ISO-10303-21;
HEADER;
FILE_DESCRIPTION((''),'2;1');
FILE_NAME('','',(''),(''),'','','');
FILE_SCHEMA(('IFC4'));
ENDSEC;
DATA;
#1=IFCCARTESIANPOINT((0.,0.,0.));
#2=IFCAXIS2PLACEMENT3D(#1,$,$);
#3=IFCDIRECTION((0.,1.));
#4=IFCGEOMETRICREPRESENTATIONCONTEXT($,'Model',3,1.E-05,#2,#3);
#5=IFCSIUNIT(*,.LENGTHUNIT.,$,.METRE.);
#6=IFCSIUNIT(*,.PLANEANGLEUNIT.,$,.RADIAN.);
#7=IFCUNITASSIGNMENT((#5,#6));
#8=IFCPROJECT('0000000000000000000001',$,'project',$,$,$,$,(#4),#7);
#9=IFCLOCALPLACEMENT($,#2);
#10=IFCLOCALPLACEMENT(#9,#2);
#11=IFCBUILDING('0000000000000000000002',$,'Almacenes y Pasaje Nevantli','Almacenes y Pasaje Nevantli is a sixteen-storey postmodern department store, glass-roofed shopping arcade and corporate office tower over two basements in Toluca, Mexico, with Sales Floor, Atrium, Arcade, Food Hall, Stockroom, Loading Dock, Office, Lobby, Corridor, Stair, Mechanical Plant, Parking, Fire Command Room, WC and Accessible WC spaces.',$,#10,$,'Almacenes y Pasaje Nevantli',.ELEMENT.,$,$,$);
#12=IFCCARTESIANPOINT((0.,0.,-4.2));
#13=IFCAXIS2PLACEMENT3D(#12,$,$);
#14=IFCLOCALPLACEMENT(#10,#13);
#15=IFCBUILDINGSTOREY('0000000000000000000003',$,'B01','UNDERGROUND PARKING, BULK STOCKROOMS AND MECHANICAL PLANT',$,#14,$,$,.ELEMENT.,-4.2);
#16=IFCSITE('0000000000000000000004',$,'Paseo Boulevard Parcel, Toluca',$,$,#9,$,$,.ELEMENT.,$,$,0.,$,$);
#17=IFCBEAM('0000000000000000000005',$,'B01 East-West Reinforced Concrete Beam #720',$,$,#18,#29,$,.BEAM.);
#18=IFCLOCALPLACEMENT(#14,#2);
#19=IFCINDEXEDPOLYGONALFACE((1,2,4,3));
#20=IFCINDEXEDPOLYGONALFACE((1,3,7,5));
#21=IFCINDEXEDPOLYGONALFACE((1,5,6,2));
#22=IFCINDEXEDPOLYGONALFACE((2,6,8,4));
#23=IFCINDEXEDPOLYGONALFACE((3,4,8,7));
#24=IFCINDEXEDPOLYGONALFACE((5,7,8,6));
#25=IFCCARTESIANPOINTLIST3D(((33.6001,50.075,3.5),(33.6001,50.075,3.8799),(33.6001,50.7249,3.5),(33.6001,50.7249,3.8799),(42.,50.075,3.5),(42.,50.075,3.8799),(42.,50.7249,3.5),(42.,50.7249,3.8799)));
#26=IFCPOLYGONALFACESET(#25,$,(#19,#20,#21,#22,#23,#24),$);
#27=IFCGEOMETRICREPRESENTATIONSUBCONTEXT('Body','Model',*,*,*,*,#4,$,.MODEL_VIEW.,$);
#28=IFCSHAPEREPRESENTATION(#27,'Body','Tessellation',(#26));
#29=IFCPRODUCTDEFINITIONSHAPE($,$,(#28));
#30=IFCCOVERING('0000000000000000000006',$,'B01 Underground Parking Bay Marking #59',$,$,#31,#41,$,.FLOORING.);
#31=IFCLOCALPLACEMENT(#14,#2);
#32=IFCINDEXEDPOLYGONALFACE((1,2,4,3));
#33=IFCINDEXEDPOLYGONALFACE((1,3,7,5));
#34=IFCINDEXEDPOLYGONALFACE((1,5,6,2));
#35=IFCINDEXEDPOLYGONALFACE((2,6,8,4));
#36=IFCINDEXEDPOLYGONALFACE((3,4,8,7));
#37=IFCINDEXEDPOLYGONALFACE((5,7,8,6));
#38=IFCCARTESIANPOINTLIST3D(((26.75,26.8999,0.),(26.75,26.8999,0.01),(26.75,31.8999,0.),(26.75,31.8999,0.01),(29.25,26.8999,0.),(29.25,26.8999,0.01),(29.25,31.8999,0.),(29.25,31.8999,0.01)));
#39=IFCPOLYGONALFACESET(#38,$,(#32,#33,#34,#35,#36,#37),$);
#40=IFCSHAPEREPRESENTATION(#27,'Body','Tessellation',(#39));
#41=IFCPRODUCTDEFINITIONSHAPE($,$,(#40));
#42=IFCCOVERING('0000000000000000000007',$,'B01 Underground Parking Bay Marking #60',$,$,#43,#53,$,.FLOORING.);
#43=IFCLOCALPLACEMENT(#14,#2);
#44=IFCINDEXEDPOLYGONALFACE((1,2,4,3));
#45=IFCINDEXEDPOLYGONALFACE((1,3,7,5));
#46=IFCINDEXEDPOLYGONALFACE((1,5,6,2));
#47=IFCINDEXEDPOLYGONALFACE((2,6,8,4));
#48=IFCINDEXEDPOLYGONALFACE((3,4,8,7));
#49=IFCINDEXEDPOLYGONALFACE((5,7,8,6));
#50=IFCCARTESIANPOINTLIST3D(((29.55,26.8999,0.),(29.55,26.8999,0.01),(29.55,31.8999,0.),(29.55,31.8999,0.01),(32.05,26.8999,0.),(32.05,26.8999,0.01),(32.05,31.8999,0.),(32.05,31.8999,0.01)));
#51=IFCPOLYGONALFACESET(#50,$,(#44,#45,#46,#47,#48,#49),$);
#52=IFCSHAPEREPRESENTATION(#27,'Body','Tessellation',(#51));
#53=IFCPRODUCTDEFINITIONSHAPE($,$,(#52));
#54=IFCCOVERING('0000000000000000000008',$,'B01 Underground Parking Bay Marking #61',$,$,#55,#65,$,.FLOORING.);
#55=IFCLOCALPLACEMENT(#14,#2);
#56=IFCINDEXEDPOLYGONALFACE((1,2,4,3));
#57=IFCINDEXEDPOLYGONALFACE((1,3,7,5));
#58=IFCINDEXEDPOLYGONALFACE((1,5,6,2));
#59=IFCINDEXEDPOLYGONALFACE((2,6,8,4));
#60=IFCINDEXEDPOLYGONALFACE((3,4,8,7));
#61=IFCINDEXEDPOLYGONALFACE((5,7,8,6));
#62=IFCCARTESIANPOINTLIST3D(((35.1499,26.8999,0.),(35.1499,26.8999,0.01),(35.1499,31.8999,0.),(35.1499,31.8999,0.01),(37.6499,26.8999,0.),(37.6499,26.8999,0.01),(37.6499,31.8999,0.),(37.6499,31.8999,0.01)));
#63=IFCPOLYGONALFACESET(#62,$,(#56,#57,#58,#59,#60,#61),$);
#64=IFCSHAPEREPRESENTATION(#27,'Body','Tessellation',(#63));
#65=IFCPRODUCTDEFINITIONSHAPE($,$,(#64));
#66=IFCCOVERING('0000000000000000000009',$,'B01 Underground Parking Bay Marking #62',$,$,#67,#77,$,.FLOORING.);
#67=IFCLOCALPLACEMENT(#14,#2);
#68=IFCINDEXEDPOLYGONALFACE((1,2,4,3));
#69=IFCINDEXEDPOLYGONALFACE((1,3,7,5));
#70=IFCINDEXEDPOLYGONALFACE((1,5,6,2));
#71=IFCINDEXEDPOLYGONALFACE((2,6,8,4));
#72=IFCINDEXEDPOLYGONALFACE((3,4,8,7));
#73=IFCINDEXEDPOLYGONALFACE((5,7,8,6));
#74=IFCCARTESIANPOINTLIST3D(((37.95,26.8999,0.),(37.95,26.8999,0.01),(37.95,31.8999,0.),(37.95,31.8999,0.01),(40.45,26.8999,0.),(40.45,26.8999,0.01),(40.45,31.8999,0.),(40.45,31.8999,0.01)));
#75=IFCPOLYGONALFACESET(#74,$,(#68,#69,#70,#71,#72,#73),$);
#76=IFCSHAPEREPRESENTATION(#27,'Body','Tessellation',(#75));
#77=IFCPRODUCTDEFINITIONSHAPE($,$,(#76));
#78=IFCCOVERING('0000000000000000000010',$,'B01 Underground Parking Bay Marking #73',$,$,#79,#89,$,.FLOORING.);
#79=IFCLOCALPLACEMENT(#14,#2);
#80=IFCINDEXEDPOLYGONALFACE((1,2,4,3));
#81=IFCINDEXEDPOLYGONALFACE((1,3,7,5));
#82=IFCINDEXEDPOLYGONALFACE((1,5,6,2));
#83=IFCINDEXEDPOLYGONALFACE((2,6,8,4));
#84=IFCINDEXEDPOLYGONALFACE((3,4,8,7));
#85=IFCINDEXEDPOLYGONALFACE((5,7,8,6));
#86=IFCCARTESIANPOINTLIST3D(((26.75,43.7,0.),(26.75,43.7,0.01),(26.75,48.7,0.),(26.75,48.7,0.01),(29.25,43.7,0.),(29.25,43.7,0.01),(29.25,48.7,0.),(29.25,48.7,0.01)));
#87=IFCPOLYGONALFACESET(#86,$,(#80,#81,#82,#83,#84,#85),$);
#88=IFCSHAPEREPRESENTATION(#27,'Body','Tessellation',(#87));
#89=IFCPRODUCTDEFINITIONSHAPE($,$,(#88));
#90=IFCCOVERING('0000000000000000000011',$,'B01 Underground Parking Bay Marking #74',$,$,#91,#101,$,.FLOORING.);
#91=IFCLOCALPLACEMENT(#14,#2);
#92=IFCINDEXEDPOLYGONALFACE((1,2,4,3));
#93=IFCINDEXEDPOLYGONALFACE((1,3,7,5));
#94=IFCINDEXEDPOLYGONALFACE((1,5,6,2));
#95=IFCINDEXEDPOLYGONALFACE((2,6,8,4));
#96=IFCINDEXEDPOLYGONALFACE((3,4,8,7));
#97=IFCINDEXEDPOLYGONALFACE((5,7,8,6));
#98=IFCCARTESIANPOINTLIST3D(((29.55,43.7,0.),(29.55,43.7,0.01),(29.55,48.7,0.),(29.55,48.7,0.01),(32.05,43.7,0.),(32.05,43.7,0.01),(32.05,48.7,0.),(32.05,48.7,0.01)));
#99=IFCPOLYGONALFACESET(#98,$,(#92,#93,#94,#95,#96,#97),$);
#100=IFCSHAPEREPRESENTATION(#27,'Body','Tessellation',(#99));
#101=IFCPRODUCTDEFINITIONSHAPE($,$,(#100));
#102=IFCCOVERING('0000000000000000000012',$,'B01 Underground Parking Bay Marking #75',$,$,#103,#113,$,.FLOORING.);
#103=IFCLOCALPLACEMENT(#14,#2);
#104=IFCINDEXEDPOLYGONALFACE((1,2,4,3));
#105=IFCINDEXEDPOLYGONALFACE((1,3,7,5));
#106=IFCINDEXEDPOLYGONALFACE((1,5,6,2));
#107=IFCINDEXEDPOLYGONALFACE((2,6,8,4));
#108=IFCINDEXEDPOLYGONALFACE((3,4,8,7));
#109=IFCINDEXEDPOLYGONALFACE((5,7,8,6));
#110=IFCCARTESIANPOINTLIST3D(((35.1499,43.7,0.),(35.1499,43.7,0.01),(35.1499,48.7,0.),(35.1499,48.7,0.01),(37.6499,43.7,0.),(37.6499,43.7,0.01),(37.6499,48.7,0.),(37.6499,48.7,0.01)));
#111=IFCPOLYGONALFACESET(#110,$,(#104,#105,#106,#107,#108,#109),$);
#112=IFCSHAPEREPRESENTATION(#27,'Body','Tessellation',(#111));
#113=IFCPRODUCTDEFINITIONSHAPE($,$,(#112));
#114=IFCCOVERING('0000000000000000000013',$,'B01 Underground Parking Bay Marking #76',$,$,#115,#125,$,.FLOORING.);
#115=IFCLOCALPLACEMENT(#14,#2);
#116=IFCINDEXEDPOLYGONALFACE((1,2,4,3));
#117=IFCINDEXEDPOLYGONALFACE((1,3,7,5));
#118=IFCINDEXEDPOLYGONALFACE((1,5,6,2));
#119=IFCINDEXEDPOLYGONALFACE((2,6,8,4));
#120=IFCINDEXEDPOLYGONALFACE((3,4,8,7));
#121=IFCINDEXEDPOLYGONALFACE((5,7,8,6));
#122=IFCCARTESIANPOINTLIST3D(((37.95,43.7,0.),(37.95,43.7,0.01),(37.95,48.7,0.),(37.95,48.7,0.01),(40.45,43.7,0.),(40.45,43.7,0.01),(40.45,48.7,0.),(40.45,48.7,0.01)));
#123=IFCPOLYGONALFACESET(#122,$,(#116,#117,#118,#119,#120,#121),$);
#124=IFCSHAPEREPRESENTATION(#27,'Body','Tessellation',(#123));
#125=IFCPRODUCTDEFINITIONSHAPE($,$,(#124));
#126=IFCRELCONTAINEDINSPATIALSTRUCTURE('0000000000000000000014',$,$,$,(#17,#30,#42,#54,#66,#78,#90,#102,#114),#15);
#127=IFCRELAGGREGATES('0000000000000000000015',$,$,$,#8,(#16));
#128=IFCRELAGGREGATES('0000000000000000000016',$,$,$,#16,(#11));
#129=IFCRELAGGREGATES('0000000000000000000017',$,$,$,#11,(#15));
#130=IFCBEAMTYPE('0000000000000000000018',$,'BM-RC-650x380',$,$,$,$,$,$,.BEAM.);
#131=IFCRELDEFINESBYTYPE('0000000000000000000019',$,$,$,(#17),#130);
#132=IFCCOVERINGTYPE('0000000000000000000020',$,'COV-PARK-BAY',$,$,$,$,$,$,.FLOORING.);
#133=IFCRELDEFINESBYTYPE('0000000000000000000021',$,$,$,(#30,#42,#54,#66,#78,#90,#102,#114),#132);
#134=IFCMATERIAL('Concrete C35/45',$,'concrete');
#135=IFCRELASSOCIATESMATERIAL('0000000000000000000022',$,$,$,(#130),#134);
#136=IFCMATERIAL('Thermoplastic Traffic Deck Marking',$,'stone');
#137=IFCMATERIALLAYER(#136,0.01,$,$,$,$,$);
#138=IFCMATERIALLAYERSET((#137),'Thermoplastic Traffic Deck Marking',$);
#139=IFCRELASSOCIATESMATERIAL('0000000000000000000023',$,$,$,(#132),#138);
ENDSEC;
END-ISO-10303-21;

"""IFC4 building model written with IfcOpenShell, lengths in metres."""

from ifc_helpers import new_model, si_unit, direction, frame, origin, origin_2d, place, context, subcontext, project, spatial, rectangle, extrude, material, layer, layer_set, material_profile, profile_set, type_object, element, save


model = new_model("IFC4")

# Units and contexts
model_context = context("Model", 3, precision=1e-05, world=origin(), true_north=direction((0.0, 1.0)))
body_context = subcontext(model_context, "Body", "Model", "MODEL_VIEW")
ifc_project = project(units=[si_unit("LENGTHUNIT", "METRE"), si_unit("PLANEANGLEUNIT", "RADIAN")], contexts=[model_context])

# Site, building, storey
site_placement = place(None, origin())
site = spatial("IfcSite", under=ifc_project, at=site_placement, Name="Paseo Boulevard Parcel, Toluca", CompositionType="ELEMENT", RefElevation=0.0)
building_placement = place(site_placement, origin())
building = spatial("IfcBuilding", under=site, at=building_placement, Name="Almacenes y Pasaje Nevantli", Description="Almacenes y Pasaje Nevantli is a sixteen-storey postmodern department store, glass-roofed shopping arcade and corporate office tower over two basements in Toluca, Mexico, with Sales Floor, Atrium, Arcade, Food Hall, Stockroom, Loading Dock, Office, Lobby, Corridor, Stair, Mechanical Plant, Parking, Fire Command Room, WC and Accessible WC spaces.", LongName="Almacenes y Pasaje Nevantli", CompositionType="ELEMENT")
storey_placement = place(building_placement, frame((0.0, 0.0, -4.2)))
storey = spatial("IfcBuildingStorey", under=building, at=storey_placement, Name="B01", Description="UNDERGROUND PARKING, BULK STOCKROOMS AND MECHANICAL PLANT", CompositionType="ELEMENT", Elevation=-4.2)

# Beam
ifc_material_1 = material(Name="Concrete C35/45", Category="concrete")
ifc_material_profile_1 = material_profile(ifc_material_1, rectangle(XDim=0.6499, YDim=0.3799, at=origin_2d()), Name="RC-BM-650x380")
ifc_profile_set_1 = profile_set([ifc_material_profile_1], Name="Concrete C35/45")
beam_type_1 = type_object("IfcBeamType", Name="BM-RC-650x380", PredefinedType="BEAM", material=ifc_profile_set_1)
for number, where, z_axis, x_axis, name in (
    (1, (33.6001, 50.3999, 3.6899), (1.0, 0.0, 0.0), (0.0, 1.0, 0.0), "B01 East-West Reinforced Concrete Beam #720"),
):
    element("IfcBeam", number, at=place(storey_placement, frame(where, z_axis=z_axis, x_axis=x_axis)), inside=storey, type_object=beam_type_1, Name=name, PredefinedType="BEAM", context=body_context, shape_type="SweptSolid", body=[
        extrude(rectangle(XDim=0.6499, YDim=0.3799, at=origin_2d()), origin(), (0.0, 0.0, 1.0), 8.3999),
    ])

# Coverings
ifc_material_2 = material(Name="Thermoplastic Traffic Deck Marking", Category="stone")
ifc_layer = layer(ifc_material_2, 0.01)
ifc_layer_set = layer_set([ifc_layer], Name="Thermoplastic Traffic Deck Marking")
covering_type = type_object("IfcCoveringType", Name="COV-PARK-BAY", PredefinedType="FLOORING", material=ifc_layer_set)
for number, where, z_axis, x_axis, name in (
    (2, (28.0, 29.3999, 0.0), (0.0, 0.0, 1.0), (1.0, 0.0, 0.0), "B01 Underground Parking Bay Marking #59"),
    (3, (30.8, 29.3999, 0.0), (0.0, 0.0, 1.0), (1.0, 0.0, 0.0), "B01 Underground Parking Bay Marking #60"),
    (4, (36.3999, 29.3999, 0.0), (0.0, 0.0, 1.0), (1.0, 0.0, 0.0), "B01 Underground Parking Bay Marking #61"),
    (5, (39.2, 29.3999, 0.0), (0.0, 0.0, 1.0), (1.0, 0.0, 0.0), "B01 Underground Parking Bay Marking #62"),
    (6, (28.0, 46.2, 0.0), (0.0, 0.0, 1.0), (1.0, 0.0, 0.0), "B01 Underground Parking Bay Marking #73"),
    (7, (30.8, 46.2, 0.0), (0.0, 0.0, 1.0), (1.0, 0.0, 0.0), "B01 Underground Parking Bay Marking #74"),
    (8, (36.3999, 46.2, 0.0), (0.0, 0.0, 1.0), (1.0, 0.0, 0.0), "B01 Underground Parking Bay Marking #75"),
    (9, (39.2, 46.2, 0.0), (0.0, 0.0, 1.0), (1.0, 0.0, 0.0), "B01 Underground Parking Bay Marking #76"),
):
    element("IfcCovering", number, at=place(storey_placement, frame(where, z_axis=z_axis, x_axis=x_axis)), inside=storey, type_object=covering_type, Name=name, PredefinedType="FLOORING", context=body_context, shape_type="SweptSolid", body=[
        extrude(rectangle(XDim=2.5, YDim=5.0, at=origin_2d()), origin(), (0.0, 0.0, 1.0), 0.01),
    ])

save(model, "model.ifc")
